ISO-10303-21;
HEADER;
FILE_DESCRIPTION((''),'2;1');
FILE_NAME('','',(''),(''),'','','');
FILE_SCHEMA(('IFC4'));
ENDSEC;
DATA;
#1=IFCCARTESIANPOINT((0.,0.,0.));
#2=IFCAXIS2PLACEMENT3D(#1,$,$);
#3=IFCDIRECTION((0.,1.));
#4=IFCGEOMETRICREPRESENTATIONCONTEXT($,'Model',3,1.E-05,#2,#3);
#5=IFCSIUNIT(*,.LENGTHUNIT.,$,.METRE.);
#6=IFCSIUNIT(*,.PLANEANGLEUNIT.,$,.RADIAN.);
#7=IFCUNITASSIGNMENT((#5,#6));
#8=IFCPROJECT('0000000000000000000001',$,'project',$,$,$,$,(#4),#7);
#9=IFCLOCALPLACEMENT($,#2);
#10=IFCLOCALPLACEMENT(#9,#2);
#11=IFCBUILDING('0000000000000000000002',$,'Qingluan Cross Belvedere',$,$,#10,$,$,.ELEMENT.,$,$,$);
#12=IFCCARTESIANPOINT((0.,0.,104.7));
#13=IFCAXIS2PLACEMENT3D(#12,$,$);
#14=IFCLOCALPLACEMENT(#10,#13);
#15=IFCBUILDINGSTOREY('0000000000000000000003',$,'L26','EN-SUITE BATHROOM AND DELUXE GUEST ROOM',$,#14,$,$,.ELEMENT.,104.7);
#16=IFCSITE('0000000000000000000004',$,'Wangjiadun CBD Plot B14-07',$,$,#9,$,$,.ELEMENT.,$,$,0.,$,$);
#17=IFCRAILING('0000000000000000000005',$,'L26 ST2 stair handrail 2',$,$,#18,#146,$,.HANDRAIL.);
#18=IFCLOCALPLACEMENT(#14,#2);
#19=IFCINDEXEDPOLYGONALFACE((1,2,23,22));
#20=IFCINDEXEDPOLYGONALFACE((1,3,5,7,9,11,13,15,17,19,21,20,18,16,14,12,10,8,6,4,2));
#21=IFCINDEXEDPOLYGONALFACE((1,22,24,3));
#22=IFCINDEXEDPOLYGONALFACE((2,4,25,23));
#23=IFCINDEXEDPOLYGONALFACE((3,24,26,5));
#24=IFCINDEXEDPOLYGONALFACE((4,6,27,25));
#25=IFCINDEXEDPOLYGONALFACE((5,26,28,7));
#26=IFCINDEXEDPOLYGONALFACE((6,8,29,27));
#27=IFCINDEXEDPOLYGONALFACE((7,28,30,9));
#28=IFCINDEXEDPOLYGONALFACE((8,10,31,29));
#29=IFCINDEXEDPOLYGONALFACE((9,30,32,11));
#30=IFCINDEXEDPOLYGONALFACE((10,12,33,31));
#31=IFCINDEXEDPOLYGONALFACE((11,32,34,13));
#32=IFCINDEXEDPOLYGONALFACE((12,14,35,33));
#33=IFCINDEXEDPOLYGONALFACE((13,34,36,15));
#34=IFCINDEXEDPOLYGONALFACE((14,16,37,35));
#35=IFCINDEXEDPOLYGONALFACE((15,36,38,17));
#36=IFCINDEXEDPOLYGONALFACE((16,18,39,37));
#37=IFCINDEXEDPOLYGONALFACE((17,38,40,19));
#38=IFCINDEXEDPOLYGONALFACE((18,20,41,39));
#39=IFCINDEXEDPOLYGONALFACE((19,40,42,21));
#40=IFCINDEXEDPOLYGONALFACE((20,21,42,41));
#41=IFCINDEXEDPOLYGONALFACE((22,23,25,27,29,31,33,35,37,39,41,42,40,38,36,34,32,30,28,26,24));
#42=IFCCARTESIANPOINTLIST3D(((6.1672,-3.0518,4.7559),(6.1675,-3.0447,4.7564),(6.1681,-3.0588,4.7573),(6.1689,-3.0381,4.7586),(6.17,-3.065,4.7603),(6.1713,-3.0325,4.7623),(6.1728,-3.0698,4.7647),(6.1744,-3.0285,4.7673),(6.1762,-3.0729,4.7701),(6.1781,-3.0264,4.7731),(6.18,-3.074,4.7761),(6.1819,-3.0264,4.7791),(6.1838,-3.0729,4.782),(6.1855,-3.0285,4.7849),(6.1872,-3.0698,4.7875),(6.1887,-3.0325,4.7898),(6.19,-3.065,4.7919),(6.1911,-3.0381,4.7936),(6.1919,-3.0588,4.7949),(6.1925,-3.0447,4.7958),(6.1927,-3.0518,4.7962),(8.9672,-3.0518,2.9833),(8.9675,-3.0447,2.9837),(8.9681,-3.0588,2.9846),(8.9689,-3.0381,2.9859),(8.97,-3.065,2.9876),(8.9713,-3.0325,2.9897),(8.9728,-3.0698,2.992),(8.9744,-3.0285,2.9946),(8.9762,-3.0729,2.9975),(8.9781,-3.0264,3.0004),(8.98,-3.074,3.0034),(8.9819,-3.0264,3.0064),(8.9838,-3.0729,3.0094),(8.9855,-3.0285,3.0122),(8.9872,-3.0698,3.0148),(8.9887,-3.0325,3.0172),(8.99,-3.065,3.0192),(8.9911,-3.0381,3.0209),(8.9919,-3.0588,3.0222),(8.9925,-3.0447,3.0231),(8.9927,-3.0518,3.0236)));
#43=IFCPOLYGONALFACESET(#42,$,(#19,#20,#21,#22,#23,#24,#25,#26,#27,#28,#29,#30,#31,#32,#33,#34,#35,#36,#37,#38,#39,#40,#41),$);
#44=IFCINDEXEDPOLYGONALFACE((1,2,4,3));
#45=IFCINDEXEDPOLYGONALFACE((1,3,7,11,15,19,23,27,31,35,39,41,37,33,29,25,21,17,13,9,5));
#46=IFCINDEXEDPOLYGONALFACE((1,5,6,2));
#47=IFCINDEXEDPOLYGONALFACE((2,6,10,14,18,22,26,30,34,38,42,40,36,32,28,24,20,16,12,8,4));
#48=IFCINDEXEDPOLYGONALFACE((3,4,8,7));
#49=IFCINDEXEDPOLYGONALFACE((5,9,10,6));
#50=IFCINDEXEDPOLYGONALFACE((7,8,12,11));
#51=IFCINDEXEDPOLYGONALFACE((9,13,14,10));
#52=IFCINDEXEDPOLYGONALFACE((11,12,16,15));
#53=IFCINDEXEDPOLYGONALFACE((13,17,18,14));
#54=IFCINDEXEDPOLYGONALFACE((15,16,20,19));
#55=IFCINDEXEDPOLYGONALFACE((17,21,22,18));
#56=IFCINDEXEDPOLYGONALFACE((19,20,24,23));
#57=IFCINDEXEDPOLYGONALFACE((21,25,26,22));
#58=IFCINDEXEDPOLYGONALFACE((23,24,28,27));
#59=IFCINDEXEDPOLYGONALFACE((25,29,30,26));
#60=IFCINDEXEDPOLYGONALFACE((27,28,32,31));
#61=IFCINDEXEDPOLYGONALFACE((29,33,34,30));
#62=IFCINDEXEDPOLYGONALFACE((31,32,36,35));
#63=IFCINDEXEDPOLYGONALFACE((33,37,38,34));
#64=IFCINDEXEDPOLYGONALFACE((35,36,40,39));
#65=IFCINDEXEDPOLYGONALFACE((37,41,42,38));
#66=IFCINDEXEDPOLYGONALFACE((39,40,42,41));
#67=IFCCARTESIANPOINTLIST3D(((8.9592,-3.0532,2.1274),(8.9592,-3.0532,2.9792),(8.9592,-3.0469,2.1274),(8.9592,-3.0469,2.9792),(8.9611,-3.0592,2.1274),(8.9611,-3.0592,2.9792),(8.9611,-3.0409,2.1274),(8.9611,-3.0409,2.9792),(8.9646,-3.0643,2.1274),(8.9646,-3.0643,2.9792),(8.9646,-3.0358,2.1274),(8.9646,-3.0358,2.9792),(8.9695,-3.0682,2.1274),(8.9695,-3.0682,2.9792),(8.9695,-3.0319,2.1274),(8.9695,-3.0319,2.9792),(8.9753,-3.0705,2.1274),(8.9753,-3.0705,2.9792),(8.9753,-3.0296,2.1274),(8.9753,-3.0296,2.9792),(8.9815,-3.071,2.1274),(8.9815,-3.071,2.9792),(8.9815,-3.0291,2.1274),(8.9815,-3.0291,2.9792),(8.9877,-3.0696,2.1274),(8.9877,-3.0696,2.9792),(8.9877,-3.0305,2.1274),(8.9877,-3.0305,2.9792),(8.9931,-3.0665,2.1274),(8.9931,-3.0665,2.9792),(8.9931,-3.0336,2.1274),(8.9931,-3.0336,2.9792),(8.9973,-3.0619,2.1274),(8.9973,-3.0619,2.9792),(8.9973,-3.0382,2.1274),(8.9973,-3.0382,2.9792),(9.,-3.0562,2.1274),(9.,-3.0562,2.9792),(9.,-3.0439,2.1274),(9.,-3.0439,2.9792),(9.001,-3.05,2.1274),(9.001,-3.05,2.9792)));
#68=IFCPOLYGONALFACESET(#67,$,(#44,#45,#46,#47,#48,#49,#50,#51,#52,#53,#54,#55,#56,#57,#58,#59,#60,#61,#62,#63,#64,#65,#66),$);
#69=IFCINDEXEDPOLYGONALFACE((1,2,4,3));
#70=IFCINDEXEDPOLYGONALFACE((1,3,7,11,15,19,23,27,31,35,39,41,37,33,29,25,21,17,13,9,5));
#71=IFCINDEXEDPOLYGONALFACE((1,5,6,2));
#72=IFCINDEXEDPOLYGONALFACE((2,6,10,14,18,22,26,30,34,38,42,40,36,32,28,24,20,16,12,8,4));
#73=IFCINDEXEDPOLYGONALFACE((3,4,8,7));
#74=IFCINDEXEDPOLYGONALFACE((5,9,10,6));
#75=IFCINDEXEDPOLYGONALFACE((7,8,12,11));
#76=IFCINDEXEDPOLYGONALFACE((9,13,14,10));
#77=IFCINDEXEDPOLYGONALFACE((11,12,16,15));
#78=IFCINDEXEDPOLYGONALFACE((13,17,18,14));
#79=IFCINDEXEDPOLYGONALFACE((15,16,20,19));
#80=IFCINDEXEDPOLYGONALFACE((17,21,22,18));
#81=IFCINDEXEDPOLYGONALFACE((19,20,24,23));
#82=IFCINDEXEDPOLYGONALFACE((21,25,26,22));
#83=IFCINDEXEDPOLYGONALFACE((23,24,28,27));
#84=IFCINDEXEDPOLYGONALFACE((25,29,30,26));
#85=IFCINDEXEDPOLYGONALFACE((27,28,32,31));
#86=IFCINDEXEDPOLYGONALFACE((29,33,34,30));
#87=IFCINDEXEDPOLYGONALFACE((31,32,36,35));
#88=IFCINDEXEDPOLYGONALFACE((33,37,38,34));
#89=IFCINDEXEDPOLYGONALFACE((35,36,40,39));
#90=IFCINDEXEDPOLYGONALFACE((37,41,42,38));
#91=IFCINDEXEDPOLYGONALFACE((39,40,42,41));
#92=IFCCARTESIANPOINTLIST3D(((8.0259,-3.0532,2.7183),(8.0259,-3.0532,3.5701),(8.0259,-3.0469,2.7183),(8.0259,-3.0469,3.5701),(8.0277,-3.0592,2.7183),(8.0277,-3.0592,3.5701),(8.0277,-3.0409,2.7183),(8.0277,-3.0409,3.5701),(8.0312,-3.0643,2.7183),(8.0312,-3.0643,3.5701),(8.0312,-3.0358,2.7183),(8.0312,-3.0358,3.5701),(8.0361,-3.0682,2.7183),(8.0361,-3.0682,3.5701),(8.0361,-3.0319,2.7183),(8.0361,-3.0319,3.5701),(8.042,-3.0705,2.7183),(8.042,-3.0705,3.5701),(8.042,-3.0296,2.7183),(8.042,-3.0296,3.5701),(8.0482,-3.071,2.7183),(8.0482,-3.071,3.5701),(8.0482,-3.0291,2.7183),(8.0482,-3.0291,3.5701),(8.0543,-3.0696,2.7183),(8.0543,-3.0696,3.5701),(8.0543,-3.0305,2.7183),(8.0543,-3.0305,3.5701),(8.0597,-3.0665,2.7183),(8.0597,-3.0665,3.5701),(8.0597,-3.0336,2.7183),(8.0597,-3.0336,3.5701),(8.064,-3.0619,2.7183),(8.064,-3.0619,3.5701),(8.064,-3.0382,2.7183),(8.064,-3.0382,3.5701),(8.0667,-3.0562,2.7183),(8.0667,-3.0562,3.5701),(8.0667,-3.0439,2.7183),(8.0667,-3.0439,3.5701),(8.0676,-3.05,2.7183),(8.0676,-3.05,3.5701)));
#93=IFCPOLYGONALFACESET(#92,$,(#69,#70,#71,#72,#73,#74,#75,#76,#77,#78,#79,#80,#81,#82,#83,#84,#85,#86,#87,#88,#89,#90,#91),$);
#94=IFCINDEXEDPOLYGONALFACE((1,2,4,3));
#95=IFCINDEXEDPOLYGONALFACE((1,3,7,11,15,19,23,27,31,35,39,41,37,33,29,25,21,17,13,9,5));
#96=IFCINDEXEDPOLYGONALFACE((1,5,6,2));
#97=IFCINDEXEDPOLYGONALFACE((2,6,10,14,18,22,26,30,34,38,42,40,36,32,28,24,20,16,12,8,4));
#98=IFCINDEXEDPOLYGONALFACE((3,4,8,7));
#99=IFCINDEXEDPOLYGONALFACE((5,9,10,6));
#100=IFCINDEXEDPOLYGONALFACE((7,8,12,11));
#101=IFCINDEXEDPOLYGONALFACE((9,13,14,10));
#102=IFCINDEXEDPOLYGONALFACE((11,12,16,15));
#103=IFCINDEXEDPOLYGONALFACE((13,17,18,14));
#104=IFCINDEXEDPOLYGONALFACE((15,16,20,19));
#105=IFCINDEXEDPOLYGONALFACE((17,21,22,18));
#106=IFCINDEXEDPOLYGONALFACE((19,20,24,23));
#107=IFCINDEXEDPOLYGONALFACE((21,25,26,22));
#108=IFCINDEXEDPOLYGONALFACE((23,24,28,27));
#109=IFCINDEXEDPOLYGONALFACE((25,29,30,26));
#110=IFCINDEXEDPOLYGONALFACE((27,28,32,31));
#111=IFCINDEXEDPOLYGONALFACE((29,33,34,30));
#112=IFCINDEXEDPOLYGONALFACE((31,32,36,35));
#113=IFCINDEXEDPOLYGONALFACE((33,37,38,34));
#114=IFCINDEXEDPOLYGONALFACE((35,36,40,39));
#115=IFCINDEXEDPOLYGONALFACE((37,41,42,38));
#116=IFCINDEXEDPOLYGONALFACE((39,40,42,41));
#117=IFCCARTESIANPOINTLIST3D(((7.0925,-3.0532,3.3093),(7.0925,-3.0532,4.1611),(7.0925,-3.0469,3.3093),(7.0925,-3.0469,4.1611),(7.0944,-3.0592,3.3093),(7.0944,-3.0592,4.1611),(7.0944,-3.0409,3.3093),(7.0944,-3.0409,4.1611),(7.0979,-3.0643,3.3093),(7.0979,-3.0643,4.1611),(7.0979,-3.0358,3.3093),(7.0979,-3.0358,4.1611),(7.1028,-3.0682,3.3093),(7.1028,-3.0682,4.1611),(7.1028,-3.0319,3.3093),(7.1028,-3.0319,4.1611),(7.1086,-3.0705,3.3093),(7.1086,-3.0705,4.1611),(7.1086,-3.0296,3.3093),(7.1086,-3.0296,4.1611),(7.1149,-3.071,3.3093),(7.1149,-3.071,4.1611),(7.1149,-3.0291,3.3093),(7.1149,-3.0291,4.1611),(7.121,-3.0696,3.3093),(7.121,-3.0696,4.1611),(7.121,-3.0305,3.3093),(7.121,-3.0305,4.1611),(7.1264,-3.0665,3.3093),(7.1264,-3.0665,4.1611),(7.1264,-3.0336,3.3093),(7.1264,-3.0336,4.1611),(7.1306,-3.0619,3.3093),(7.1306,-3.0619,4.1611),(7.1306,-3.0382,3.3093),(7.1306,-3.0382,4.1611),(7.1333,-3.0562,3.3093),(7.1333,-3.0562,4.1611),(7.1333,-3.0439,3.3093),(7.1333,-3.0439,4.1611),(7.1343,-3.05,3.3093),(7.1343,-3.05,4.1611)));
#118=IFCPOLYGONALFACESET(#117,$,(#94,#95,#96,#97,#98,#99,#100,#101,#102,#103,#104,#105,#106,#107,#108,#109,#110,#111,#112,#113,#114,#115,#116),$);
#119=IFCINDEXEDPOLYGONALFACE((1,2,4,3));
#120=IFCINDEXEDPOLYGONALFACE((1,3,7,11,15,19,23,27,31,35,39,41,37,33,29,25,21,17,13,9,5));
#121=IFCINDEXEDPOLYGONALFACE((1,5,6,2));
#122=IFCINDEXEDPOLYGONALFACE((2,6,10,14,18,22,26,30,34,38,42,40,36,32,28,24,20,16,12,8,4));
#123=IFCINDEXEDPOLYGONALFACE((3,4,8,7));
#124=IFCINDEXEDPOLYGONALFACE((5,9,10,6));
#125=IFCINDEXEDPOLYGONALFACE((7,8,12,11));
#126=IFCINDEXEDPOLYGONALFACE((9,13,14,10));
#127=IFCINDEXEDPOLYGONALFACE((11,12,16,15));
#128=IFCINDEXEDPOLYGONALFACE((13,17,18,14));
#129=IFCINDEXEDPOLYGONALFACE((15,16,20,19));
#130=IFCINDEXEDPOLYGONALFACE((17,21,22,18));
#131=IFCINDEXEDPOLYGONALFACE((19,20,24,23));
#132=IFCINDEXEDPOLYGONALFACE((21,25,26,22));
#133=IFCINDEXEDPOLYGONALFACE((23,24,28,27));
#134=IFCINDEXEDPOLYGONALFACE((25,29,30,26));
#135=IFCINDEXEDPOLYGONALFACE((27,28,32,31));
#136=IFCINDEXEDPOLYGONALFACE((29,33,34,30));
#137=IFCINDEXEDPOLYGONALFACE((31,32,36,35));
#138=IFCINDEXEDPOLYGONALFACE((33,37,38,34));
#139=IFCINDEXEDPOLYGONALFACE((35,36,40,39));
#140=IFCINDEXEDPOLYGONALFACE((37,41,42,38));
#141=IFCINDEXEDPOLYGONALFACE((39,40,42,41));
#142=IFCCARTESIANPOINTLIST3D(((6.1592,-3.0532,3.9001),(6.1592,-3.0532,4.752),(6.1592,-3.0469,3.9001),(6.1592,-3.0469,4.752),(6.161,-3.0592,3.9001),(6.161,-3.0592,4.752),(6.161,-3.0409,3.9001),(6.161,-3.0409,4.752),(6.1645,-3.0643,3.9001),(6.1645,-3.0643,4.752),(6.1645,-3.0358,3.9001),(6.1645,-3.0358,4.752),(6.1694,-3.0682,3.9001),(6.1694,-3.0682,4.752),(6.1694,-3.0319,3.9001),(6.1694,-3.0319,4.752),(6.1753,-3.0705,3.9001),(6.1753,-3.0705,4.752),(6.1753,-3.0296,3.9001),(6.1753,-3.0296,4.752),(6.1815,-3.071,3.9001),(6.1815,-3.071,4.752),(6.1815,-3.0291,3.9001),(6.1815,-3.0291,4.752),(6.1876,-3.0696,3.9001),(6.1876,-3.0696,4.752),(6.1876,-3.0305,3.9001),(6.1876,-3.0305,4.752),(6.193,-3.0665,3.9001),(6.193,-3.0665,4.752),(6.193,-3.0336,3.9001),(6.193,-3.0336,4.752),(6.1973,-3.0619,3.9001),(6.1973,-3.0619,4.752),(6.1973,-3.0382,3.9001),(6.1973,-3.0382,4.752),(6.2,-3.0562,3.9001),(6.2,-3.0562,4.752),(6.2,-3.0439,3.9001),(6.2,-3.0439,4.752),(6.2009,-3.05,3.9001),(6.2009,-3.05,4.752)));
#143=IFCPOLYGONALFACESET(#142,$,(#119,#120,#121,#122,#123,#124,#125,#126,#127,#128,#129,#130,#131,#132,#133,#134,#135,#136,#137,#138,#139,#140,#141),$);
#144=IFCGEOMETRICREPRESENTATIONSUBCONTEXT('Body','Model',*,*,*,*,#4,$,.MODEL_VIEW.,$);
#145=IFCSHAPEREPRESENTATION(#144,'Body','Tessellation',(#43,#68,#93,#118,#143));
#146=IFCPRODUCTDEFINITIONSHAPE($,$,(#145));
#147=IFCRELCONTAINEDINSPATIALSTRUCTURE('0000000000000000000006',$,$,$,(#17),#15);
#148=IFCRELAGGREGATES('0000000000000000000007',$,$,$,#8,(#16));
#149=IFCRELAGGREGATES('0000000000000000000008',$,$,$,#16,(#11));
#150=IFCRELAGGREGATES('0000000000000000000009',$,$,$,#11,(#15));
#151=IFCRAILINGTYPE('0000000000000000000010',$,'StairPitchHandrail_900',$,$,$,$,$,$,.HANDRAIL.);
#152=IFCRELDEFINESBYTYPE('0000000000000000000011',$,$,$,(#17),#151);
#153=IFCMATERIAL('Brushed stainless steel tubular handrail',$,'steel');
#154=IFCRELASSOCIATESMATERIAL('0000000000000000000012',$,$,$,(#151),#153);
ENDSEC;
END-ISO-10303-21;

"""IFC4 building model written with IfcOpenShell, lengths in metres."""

from ifc_helpers import new_model, si_unit, direction, frame, origin, origin_2d, place, context, subcontext, project, spatial, circle, extrude, material, type_object, element, save


model = new_model("IFC4")

# Units and contexts
model_context = context("Model", 3, precision=1e-05, world=origin(), true_north=direction((0.0, 1.0)))
body_context = subcontext(model_context, "Body", "Model", "MODEL_VIEW")
ifc_project = project(units=[si_unit("LENGTHUNIT", "METRE"), si_unit("PLANEANGLEUNIT", "RADIAN")], contexts=[model_context])

# Site, building, storey
site_placement = place(None, origin())
site = spatial("IfcSite", under=ifc_project, at=site_placement, Name="Wangjiadun CBD Plot B14-07", CompositionType="ELEMENT", RefElevation=0.0)
building_placement = place(site_placement, origin())
building = spatial("IfcBuilding", under=site, at=building_placement, Name="Qingluan Cross Belvedere", CompositionType="ELEMENT")
storey_placement = place(building_placement, frame((0.0, 0.0, 104.7)))
storey = spatial("IfcBuildingStorey", under=building, at=storey_placement, Name="L26", Description="EN-SUITE BATHROOM AND DELUXE GUEST ROOM", CompositionType="ELEMENT", Elevation=104.7)

# Railing
ifc_material_1 = material(Name="Brushed stainless steel tubular handrail", Category="steel")
railing_type_1 = type_object("IfcRailingType", Name="StairPitchHandrail_900", PredefinedType="HANDRAIL", material=ifc_material_1)
railing_1_placement = place(storey_placement, frame((8.98, -3.05, 2.1274)))
element("IfcRailing", 1, at=railing_1_placement, inside=storey, type_object=railing_type_1, Name="L26 ST2 stair handrail 2", PredefinedType="HANDRAIL", context=body_context, shape_type="SweptSolid", body=[
    extrude(circle(Radius=0.0239, at=origin_2d()), frame((0.0, 0.0, 0.876), z_axis=(-0.844909, 0.0, 0.53491), x_axis=(0.0, -1.0, 0.0)), (0.0, 0.0, 1.0), 3.314),
    extrude(circle(Radius=0.021, at=origin_2d()), origin(), (0.0, 0.0, 1.0), 0.8518),
    extrude(circle(Radius=0.021, at=origin_2d()), frame((-0.9333, 0.0, 0.5908)), (0.0, 0.0, 1.0), 0.8518),
    extrude(circle(Radius=0.021, at=origin_2d()), frame((-1.8667, 0.0, 1.1819)), (0.0, 0.0, 1.0), 0.8518),
    extrude(circle(Radius=0.021, at=origin_2d()), frame((-2.8, 0.0, 1.7727)), (0.0, 0.0, 1.0), 0.8518),
])

save(model, "model.ifc")
